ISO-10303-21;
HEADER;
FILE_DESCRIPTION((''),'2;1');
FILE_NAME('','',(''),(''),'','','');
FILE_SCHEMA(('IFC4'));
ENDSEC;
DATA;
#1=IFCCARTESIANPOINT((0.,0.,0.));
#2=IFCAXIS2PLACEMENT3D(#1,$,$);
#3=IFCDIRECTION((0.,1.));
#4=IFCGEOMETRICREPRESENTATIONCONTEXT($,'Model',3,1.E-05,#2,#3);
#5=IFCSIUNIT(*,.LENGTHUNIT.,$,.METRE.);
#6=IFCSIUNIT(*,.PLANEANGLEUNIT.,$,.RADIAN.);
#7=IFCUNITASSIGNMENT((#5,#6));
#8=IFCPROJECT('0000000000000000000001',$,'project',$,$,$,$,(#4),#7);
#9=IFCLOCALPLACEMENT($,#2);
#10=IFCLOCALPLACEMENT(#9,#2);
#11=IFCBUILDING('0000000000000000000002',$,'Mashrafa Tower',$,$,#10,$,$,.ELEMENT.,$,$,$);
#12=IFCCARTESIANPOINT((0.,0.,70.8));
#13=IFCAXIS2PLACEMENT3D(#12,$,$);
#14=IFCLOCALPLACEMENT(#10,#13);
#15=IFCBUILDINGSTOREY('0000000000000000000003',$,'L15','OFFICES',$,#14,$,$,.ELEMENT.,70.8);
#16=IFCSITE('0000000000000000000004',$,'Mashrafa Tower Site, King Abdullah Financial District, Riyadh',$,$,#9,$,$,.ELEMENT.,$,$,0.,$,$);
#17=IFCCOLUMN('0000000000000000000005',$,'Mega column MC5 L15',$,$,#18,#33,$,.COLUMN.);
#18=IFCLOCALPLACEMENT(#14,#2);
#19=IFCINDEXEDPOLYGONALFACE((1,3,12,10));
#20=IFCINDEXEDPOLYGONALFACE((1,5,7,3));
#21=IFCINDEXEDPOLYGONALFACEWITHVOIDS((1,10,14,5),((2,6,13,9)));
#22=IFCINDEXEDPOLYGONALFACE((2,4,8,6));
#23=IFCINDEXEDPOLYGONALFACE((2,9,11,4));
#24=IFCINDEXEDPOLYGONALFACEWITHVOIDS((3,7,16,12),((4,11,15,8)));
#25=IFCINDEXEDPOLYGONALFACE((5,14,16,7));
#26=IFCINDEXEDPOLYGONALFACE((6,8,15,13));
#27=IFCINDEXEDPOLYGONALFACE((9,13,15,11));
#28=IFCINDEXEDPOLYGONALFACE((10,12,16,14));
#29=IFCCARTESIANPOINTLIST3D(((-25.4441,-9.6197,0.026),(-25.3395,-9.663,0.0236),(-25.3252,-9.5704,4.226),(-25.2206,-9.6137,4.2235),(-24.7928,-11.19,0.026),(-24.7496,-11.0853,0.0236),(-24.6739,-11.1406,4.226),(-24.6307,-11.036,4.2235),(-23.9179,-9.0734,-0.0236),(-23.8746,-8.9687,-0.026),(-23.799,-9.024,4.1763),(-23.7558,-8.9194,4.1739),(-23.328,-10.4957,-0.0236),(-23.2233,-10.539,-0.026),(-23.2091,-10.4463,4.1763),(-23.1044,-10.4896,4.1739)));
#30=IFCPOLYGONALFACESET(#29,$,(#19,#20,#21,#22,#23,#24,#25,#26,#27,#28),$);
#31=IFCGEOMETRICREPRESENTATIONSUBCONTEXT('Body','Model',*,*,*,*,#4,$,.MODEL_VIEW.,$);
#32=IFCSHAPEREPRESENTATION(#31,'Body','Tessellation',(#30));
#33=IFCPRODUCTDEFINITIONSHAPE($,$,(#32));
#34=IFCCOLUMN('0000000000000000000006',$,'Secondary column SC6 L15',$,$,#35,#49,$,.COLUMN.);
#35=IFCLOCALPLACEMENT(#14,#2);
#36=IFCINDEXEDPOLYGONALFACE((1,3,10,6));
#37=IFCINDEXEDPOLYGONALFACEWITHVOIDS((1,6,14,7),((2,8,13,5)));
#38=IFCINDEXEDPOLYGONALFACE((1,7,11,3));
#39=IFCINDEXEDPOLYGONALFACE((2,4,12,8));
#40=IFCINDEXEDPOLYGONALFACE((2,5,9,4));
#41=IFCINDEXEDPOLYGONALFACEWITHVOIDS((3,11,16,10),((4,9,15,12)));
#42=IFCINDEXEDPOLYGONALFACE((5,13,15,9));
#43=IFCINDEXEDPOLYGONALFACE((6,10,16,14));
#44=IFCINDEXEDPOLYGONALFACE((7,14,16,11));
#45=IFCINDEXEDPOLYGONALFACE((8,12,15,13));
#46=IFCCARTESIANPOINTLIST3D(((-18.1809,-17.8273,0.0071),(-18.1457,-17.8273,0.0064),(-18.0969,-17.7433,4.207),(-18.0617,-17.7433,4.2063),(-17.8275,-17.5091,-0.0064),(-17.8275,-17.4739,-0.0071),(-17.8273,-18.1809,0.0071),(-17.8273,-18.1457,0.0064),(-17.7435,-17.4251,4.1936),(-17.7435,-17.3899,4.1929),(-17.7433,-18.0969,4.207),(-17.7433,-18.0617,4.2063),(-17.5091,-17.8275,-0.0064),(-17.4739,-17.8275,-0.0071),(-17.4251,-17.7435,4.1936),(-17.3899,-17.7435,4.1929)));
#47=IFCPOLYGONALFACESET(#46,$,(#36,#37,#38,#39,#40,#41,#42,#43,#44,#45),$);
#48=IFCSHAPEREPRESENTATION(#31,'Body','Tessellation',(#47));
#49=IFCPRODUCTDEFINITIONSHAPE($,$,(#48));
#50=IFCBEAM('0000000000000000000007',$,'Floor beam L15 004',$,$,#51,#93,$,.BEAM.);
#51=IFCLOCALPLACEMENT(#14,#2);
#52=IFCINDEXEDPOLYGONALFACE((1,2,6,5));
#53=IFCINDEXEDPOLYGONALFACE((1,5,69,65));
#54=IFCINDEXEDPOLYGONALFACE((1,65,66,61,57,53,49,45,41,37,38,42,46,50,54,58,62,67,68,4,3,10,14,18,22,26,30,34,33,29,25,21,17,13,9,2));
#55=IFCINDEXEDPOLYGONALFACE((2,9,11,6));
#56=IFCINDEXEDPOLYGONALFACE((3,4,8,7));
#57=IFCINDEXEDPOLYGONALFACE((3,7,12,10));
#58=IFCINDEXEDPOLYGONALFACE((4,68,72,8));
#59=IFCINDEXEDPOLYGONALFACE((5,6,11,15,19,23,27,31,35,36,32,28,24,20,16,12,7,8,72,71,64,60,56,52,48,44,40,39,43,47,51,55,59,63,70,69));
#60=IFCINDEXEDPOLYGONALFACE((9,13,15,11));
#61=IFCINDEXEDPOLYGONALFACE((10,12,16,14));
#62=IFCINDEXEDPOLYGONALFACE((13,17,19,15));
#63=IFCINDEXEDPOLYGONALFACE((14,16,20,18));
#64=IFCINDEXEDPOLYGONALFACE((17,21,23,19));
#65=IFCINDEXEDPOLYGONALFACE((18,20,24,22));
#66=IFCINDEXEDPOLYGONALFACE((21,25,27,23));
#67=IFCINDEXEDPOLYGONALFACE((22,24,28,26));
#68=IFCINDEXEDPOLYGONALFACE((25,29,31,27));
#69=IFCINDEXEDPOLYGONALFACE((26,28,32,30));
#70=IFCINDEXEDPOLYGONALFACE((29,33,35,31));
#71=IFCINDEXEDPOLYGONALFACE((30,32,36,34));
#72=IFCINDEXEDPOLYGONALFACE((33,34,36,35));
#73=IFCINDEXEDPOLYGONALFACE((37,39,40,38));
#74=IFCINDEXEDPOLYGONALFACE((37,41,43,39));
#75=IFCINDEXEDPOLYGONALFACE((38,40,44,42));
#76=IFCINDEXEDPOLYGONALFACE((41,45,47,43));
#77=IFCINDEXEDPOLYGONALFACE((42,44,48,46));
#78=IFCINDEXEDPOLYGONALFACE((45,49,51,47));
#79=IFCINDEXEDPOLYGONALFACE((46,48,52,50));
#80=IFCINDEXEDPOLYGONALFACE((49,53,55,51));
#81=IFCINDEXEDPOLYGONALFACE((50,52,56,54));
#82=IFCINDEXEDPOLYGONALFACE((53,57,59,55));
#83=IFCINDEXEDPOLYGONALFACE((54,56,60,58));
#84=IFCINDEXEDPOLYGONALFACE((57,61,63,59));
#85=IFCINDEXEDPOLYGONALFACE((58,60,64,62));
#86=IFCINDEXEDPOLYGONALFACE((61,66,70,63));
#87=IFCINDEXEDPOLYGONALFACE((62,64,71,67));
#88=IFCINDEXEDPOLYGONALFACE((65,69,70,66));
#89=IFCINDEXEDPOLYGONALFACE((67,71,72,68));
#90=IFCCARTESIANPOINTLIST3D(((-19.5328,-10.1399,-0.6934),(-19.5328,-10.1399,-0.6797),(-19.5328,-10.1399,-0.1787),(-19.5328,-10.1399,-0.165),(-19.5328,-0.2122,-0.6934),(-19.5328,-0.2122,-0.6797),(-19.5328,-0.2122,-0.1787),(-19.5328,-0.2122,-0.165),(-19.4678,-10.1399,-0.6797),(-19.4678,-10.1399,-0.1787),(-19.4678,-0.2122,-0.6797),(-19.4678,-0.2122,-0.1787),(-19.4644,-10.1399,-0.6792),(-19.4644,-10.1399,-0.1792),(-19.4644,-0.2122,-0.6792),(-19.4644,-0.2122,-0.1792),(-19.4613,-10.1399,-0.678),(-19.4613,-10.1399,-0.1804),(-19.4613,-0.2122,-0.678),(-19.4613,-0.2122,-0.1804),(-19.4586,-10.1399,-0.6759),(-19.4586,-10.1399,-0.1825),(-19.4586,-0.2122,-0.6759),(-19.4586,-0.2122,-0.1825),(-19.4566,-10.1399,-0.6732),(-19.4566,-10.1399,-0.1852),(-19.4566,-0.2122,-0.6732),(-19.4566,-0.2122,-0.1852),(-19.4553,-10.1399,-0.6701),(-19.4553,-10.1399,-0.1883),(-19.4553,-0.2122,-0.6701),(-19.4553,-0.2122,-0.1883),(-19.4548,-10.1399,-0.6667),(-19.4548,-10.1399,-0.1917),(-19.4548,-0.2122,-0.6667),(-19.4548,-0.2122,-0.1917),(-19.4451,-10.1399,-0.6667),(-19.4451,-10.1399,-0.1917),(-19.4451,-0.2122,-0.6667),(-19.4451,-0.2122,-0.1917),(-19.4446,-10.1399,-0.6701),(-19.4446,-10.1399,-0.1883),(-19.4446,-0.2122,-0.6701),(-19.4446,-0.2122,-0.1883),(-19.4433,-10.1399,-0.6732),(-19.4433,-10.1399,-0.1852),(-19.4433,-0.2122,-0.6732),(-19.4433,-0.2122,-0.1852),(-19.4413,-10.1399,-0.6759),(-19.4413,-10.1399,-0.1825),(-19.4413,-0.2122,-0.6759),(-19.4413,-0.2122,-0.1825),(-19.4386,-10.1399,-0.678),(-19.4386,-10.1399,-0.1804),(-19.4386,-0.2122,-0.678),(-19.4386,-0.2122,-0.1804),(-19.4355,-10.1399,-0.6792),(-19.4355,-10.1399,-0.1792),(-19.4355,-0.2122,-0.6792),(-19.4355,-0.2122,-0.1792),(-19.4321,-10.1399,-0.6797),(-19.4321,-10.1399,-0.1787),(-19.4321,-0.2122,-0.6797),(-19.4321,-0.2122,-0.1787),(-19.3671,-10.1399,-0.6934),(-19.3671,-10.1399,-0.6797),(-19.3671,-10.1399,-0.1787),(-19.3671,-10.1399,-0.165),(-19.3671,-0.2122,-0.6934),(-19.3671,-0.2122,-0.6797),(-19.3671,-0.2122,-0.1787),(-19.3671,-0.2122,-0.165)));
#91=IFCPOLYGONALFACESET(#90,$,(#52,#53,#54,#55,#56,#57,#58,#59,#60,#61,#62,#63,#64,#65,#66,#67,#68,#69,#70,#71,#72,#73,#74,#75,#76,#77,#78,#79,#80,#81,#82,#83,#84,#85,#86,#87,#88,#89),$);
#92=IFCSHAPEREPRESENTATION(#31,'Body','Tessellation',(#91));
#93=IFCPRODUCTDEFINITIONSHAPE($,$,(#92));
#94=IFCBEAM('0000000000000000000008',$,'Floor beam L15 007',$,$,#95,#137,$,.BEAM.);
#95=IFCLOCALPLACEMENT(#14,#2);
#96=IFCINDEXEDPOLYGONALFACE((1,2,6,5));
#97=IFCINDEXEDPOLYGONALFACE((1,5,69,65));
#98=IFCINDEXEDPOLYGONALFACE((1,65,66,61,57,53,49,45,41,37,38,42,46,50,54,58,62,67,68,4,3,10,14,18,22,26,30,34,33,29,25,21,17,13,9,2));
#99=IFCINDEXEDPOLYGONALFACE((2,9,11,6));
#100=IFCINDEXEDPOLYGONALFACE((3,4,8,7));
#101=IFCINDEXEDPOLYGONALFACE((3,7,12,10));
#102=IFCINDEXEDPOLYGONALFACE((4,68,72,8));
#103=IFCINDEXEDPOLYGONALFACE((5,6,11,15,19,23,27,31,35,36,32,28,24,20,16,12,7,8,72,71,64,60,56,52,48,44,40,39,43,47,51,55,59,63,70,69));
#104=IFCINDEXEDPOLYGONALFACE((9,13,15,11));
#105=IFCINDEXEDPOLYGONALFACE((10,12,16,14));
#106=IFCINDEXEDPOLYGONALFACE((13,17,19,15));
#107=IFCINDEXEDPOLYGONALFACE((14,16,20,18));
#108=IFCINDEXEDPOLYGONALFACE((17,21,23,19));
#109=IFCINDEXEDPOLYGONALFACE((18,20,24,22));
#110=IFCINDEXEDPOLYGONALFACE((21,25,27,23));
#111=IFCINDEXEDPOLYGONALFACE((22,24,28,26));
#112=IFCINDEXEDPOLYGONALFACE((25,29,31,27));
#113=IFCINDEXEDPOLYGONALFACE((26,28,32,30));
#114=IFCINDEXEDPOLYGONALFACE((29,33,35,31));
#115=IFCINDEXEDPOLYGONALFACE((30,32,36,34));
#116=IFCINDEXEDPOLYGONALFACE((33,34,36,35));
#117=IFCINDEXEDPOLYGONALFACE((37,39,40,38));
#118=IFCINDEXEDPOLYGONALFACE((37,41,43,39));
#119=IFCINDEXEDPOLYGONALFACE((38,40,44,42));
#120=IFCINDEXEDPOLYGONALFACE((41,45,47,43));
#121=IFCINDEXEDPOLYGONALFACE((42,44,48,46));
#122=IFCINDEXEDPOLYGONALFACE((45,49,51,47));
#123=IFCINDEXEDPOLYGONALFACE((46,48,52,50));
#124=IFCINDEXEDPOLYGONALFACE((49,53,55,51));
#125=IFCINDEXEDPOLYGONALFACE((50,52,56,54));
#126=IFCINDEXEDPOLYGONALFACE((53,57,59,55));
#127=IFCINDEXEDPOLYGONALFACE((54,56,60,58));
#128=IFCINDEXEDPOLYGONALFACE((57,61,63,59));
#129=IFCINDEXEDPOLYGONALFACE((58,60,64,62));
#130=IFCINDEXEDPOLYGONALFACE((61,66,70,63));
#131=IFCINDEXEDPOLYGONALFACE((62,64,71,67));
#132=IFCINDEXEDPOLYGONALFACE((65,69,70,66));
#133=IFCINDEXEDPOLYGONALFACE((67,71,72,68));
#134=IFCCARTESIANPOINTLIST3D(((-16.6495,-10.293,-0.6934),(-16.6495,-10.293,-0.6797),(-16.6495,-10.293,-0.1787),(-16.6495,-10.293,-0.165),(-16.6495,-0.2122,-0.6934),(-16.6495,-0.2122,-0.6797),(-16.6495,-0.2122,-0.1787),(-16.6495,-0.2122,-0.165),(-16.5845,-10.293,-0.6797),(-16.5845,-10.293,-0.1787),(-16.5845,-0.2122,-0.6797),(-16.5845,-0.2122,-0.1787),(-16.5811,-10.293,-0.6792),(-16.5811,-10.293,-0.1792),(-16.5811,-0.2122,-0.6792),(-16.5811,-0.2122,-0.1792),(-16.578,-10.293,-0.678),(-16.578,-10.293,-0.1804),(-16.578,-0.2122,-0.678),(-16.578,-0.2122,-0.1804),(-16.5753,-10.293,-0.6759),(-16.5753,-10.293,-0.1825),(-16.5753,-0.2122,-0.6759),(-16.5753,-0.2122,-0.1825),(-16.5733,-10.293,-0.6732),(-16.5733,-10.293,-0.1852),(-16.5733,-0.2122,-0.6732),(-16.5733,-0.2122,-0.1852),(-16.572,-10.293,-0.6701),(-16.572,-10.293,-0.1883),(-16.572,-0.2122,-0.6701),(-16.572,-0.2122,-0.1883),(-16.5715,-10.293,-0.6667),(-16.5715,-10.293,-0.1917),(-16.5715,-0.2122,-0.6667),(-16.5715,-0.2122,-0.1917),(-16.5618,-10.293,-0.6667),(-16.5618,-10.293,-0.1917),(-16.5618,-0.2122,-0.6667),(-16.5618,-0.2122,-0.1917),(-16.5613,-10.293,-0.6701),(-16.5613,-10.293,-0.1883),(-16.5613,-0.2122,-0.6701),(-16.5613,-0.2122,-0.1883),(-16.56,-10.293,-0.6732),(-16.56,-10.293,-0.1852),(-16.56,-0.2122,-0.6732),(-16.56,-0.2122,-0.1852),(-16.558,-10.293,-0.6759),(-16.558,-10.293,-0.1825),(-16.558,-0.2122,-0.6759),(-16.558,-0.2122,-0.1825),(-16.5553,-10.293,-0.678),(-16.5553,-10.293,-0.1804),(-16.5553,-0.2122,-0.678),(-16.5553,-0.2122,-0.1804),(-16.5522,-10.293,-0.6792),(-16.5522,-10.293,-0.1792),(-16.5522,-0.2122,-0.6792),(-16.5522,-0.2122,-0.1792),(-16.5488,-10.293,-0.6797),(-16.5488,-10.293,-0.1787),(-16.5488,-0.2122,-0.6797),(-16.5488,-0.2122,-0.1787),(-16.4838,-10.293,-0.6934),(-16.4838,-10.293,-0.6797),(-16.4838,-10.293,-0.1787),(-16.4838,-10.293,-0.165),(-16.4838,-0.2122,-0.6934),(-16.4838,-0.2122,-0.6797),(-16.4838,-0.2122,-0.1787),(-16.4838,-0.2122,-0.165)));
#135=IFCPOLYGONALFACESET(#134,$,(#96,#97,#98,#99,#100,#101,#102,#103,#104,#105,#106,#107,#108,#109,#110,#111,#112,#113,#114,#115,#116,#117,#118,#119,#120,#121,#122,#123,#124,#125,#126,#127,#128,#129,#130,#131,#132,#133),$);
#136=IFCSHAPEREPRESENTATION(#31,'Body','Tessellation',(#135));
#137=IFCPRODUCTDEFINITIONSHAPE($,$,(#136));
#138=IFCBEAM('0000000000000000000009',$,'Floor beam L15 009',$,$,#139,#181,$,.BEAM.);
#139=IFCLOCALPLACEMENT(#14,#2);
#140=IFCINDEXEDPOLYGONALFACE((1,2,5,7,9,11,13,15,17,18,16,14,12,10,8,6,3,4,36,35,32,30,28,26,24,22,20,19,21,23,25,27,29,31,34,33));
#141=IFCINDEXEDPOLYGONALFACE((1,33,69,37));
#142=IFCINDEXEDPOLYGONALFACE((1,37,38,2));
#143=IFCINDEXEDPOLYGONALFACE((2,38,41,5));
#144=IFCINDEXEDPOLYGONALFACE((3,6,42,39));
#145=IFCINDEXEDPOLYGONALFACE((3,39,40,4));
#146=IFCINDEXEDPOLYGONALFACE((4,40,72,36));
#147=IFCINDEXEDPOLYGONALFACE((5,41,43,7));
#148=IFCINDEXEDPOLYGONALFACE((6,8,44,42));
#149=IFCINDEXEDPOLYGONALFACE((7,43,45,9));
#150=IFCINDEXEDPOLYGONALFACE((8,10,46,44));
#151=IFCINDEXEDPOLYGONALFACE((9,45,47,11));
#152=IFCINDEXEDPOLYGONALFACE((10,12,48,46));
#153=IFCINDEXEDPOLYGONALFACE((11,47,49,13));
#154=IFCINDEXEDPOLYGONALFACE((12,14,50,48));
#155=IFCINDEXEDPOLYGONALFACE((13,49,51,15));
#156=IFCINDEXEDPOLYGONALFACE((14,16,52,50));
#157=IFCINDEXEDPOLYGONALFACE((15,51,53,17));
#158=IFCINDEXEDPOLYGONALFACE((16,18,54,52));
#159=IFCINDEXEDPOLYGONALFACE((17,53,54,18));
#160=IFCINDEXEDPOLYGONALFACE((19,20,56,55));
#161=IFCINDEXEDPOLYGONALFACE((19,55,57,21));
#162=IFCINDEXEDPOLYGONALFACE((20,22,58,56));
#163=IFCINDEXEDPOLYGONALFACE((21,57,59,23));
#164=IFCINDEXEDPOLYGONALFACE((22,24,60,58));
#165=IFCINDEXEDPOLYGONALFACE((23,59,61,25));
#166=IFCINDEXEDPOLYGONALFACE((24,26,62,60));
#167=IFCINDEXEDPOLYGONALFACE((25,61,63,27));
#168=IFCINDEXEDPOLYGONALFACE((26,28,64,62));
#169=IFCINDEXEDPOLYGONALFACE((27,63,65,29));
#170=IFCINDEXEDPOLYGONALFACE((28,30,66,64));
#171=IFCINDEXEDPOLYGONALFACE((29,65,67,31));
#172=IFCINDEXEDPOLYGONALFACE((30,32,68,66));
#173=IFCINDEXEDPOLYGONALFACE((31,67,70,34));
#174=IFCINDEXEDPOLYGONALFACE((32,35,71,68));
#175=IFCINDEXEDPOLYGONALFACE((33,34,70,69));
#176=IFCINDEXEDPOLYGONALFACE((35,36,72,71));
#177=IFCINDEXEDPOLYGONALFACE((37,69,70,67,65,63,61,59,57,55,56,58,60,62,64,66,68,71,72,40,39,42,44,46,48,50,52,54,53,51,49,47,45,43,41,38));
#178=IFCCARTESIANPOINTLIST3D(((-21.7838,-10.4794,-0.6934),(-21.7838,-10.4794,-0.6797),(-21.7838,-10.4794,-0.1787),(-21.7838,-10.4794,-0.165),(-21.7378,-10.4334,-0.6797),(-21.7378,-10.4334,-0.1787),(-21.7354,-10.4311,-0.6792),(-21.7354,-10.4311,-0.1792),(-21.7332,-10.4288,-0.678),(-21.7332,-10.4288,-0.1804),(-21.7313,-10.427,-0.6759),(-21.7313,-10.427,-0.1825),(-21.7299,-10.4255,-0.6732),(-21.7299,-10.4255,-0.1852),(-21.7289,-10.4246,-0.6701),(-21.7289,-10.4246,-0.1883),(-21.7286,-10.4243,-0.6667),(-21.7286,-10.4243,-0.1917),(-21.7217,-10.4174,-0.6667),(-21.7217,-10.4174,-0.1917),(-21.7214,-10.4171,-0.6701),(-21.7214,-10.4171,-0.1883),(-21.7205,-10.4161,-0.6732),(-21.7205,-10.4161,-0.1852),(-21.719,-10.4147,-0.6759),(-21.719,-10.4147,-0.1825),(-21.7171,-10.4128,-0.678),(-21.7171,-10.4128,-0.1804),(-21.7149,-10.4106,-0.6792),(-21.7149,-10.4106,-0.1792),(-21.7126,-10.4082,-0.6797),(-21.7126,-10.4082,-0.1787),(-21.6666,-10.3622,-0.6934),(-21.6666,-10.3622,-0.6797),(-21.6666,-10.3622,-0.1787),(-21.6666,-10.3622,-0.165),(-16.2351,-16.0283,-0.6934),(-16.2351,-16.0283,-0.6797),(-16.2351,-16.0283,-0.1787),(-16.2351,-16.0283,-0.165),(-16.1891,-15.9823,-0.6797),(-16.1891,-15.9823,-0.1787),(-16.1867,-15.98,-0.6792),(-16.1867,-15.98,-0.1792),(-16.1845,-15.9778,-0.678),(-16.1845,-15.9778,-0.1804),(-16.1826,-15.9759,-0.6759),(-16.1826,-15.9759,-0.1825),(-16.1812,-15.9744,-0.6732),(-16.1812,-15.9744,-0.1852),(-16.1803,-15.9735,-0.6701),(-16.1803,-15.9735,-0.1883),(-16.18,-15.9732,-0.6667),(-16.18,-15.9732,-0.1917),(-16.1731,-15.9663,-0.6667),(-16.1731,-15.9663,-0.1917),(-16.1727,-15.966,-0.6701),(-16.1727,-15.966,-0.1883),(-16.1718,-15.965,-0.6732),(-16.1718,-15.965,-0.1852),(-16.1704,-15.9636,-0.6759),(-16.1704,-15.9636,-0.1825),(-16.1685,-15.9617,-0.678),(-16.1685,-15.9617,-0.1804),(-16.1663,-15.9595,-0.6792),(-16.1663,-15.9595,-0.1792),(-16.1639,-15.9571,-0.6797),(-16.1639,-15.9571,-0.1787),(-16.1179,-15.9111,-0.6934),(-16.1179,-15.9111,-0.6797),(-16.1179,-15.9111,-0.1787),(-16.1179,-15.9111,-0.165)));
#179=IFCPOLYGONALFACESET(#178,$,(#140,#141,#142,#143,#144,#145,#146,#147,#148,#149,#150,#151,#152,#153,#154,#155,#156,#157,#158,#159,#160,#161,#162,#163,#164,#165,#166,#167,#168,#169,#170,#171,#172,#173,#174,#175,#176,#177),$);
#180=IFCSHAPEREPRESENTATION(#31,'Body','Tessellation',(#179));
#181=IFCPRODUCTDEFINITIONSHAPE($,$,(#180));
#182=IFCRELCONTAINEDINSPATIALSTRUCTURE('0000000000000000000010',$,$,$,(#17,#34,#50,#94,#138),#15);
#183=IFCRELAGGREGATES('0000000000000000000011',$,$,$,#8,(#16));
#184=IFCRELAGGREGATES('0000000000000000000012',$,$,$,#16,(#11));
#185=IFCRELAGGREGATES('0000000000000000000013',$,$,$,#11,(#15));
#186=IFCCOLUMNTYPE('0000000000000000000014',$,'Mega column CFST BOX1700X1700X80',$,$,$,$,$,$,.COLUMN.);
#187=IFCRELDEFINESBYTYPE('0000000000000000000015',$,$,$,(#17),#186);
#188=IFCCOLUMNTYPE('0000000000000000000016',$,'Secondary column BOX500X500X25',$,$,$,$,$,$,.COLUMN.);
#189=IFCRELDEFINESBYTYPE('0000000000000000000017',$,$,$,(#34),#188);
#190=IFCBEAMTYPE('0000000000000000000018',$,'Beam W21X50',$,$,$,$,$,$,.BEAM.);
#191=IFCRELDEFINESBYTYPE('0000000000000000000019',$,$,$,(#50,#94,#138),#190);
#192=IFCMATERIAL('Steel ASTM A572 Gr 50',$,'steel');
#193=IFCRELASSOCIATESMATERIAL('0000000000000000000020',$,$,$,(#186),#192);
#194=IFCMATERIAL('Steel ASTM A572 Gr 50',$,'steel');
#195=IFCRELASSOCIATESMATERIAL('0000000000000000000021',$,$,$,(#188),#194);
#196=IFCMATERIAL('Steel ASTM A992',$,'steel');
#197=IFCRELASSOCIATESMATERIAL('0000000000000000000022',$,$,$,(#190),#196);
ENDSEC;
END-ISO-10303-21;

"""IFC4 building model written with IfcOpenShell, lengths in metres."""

from ifc_helpers import new_model, si_unit, direction, frame, origin, origin_2d, place, context, subcontext, project, spatial, hollow_rectangle, i_section, extrude, material, material_profile, profile_set, type_object, element, save


model = new_model("IFC4")

# Units and contexts
model_context = context("Model", 3, precision=1e-05, world=origin(), true_north=direction((0.0, 1.0)))
body_context = subcontext(model_context, "Body", "Model", "MODEL_VIEW")
ifc_project = project(units=[si_unit("LENGTHUNIT", "METRE"), si_unit("PLANEANGLEUNIT", "RADIAN")], contexts=[model_context])

# Site, building, storey
site_placement = place(None, origin())
site = spatial("IfcSite", under=ifc_project, at=site_placement, Name="Mashrafa Tower Site, King Abdullah Financial District, Riyadh", CompositionType="ELEMENT", RefElevation=0.0)
building_placement = place(site_placement, origin())
building = spatial("IfcBuilding", under=site, at=building_placement, Name="Mashrafa Tower", CompositionType="ELEMENT")
storey_placement = place(building_placement, frame((0.0, 0.0, 70.8)))
storey = spatial("IfcBuildingStorey", under=building, at=storey_placement, Name="L15", Description="OFFICES", CompositionType="ELEMENT", Elevation=70.8)

# Columns
ifc_material_1 = material(Name="Steel ASTM A572 Gr 50", Category="steel")
ifc_material_profile_1 = material_profile(ifc_material_1, hollow_rectangle(XDim=1.7, YDim=1.7, WallThickness=0.0801, at=origin_2d()), Name="BOX1700X1700X80")
ifc_profile_set_1 = profile_set([ifc_material_profile_1], Name="Steel ASTM A572 Gr 50")
column_type_1 = type_object("IfcColumnType", Name="Mega column CFST BOX1700X1700X80", PredefinedType="COLUMN", material=ifc_profile_set_1)
column_1_placement = place(storey_placement, frame((-24.3337, -10.0793, 0.0), z_axis=(0.028296, 0.011737, 0.999531), x_axis=(-0.383133, 0.923693, 0.0)))
element("IfcColumn", 1, at=column_1_placement, inside=storey, type_object=column_type_1, Name="Mega column MC5 L15", PredefinedType="COLUMN", context=body_context, shape_type="SweptSolid", body=[
    extrude(hollow_rectangle(XDim=1.7, YDim=1.7, WallThickness=0.0801, at=origin_2d()), origin(), (0.0, 0.0, 1.0), 4.2019),
])
ifc_material_2 = material(Name="Steel ASTM A572 Gr 50", Category="steel")
ifc_material_profile_2 = material_profile(ifc_material_2, hollow_rectangle(XDim=0.5, YDim=0.5, WallThickness=0.0249, at=origin_2d()), Name="BOX500X500X25")
ifc_profile_set_2 = profile_set([ifc_material_profile_2], Name="Steel ASTM A572 Gr 50")
column_type_2 = type_object("IfcColumnType", Name="Secondary column BOX500X500X25", PredefinedType="COLUMN", material=ifc_profile_set_2)
column_2_placement = place(storey_placement, frame((-17.8274, -17.8274, 0.0), z_axis=(0.019989, 0.019989, 0.9996), x_axis=(-0.707107, 0.707107, 0.0)))
element("IfcColumn", 2, at=column_2_placement, inside=storey, type_object=column_type_2, Name="Secondary column SC6 L15", PredefinedType="COLUMN", context=body_context, shape_type="SweptSolid", body=[
    extrude(hollow_rectangle(XDim=0.5, YDim=0.5, WallThickness=0.0249, at=origin_2d()), origin(), (0.0, 0.0, 1.0), 4.2017),
])

# Beams
ifc_material_3 = material(Name="Steel ASTM A992", Category="steel")
ifc_material_profile_3 = material_profile(ifc_material_3, i_section(OverallWidth=0.1658, OverallDepth=0.5283, WebThickness=0.0098, FlangeThickness=0.0137, FilletRadius=0.0129, at=origin_2d()), Name="W21X50")
ifc_profile_set_3 = profile_set([ifc_material_profile_3], Name="Steel ASTM A992")
beam_type = type_object("IfcBeamType", Name="Beam W21X50", PredefinedType="BEAM", material=ifc_profile_set_3)
beam_1_placement = place(storey_placement, frame((-19.45, -10.1399, -0.4292), z_axis=(0.0, 1.0, 0.0), x_axis=(-1.0, 0.0, 0.0)))
element("IfcBeam", 3, at=beam_1_placement, inside=storey, type_object=beam_type, Name="Floor beam L15 004", PredefinedType="BEAM", context=body_context, shape_type="SweptSolid", body=[
    extrude(i_section(OverallWidth=0.1658, OverallDepth=0.5283, WebThickness=0.0098, FlangeThickness=0.0137, FilletRadius=0.0129, at=origin_2d()), origin(), (0.0, 0.0, 1.0), 9.9277),
])
beam_2_placement = place(storey_placement, frame((-16.5667, -10.293, -0.4292), z_axis=(0.0, 1.0, 0.0), x_axis=(-1.0, 0.0, 0.0)))
element("IfcBeam", 4, at=beam_2_placement, inside=storey, type_object=beam_type, Name="Floor beam L15 007", PredefinedType="BEAM", context=body_context, shape_type="SweptSolid", body=[
    extrude(i_section(OverallWidth=0.1658, OverallDepth=0.5283, WebThickness=0.0098, FlangeThickness=0.0137, FilletRadius=0.0129, at=origin_2d()), origin(), (0.0, 0.0, 1.0), 10.0808),
])
beam_3_placement = place(storey_placement, frame((-16.1765, -15.9697, -0.4292), z_axis=(-0.707091, 0.707122, 0.0), x_axis=(-0.707122, -0.707091, 0.0)))
element("IfcBeam", 5, at=beam_3_placement, inside=storey, type_object=beam_type, Name="Floor beam L15 009", PredefinedType="BEAM", context=body_context, shape_type="SweptSolid", body=[
    extrude(i_section(OverallWidth=0.1658, OverallDepth=0.5283, WebThickness=0.0098, FlangeThickness=0.0137, FilletRadius=0.0129, at=origin_2d()), origin(), (0.0, 0.0, 1.0), 7.8472),
])

save(model, "model.ifc")
